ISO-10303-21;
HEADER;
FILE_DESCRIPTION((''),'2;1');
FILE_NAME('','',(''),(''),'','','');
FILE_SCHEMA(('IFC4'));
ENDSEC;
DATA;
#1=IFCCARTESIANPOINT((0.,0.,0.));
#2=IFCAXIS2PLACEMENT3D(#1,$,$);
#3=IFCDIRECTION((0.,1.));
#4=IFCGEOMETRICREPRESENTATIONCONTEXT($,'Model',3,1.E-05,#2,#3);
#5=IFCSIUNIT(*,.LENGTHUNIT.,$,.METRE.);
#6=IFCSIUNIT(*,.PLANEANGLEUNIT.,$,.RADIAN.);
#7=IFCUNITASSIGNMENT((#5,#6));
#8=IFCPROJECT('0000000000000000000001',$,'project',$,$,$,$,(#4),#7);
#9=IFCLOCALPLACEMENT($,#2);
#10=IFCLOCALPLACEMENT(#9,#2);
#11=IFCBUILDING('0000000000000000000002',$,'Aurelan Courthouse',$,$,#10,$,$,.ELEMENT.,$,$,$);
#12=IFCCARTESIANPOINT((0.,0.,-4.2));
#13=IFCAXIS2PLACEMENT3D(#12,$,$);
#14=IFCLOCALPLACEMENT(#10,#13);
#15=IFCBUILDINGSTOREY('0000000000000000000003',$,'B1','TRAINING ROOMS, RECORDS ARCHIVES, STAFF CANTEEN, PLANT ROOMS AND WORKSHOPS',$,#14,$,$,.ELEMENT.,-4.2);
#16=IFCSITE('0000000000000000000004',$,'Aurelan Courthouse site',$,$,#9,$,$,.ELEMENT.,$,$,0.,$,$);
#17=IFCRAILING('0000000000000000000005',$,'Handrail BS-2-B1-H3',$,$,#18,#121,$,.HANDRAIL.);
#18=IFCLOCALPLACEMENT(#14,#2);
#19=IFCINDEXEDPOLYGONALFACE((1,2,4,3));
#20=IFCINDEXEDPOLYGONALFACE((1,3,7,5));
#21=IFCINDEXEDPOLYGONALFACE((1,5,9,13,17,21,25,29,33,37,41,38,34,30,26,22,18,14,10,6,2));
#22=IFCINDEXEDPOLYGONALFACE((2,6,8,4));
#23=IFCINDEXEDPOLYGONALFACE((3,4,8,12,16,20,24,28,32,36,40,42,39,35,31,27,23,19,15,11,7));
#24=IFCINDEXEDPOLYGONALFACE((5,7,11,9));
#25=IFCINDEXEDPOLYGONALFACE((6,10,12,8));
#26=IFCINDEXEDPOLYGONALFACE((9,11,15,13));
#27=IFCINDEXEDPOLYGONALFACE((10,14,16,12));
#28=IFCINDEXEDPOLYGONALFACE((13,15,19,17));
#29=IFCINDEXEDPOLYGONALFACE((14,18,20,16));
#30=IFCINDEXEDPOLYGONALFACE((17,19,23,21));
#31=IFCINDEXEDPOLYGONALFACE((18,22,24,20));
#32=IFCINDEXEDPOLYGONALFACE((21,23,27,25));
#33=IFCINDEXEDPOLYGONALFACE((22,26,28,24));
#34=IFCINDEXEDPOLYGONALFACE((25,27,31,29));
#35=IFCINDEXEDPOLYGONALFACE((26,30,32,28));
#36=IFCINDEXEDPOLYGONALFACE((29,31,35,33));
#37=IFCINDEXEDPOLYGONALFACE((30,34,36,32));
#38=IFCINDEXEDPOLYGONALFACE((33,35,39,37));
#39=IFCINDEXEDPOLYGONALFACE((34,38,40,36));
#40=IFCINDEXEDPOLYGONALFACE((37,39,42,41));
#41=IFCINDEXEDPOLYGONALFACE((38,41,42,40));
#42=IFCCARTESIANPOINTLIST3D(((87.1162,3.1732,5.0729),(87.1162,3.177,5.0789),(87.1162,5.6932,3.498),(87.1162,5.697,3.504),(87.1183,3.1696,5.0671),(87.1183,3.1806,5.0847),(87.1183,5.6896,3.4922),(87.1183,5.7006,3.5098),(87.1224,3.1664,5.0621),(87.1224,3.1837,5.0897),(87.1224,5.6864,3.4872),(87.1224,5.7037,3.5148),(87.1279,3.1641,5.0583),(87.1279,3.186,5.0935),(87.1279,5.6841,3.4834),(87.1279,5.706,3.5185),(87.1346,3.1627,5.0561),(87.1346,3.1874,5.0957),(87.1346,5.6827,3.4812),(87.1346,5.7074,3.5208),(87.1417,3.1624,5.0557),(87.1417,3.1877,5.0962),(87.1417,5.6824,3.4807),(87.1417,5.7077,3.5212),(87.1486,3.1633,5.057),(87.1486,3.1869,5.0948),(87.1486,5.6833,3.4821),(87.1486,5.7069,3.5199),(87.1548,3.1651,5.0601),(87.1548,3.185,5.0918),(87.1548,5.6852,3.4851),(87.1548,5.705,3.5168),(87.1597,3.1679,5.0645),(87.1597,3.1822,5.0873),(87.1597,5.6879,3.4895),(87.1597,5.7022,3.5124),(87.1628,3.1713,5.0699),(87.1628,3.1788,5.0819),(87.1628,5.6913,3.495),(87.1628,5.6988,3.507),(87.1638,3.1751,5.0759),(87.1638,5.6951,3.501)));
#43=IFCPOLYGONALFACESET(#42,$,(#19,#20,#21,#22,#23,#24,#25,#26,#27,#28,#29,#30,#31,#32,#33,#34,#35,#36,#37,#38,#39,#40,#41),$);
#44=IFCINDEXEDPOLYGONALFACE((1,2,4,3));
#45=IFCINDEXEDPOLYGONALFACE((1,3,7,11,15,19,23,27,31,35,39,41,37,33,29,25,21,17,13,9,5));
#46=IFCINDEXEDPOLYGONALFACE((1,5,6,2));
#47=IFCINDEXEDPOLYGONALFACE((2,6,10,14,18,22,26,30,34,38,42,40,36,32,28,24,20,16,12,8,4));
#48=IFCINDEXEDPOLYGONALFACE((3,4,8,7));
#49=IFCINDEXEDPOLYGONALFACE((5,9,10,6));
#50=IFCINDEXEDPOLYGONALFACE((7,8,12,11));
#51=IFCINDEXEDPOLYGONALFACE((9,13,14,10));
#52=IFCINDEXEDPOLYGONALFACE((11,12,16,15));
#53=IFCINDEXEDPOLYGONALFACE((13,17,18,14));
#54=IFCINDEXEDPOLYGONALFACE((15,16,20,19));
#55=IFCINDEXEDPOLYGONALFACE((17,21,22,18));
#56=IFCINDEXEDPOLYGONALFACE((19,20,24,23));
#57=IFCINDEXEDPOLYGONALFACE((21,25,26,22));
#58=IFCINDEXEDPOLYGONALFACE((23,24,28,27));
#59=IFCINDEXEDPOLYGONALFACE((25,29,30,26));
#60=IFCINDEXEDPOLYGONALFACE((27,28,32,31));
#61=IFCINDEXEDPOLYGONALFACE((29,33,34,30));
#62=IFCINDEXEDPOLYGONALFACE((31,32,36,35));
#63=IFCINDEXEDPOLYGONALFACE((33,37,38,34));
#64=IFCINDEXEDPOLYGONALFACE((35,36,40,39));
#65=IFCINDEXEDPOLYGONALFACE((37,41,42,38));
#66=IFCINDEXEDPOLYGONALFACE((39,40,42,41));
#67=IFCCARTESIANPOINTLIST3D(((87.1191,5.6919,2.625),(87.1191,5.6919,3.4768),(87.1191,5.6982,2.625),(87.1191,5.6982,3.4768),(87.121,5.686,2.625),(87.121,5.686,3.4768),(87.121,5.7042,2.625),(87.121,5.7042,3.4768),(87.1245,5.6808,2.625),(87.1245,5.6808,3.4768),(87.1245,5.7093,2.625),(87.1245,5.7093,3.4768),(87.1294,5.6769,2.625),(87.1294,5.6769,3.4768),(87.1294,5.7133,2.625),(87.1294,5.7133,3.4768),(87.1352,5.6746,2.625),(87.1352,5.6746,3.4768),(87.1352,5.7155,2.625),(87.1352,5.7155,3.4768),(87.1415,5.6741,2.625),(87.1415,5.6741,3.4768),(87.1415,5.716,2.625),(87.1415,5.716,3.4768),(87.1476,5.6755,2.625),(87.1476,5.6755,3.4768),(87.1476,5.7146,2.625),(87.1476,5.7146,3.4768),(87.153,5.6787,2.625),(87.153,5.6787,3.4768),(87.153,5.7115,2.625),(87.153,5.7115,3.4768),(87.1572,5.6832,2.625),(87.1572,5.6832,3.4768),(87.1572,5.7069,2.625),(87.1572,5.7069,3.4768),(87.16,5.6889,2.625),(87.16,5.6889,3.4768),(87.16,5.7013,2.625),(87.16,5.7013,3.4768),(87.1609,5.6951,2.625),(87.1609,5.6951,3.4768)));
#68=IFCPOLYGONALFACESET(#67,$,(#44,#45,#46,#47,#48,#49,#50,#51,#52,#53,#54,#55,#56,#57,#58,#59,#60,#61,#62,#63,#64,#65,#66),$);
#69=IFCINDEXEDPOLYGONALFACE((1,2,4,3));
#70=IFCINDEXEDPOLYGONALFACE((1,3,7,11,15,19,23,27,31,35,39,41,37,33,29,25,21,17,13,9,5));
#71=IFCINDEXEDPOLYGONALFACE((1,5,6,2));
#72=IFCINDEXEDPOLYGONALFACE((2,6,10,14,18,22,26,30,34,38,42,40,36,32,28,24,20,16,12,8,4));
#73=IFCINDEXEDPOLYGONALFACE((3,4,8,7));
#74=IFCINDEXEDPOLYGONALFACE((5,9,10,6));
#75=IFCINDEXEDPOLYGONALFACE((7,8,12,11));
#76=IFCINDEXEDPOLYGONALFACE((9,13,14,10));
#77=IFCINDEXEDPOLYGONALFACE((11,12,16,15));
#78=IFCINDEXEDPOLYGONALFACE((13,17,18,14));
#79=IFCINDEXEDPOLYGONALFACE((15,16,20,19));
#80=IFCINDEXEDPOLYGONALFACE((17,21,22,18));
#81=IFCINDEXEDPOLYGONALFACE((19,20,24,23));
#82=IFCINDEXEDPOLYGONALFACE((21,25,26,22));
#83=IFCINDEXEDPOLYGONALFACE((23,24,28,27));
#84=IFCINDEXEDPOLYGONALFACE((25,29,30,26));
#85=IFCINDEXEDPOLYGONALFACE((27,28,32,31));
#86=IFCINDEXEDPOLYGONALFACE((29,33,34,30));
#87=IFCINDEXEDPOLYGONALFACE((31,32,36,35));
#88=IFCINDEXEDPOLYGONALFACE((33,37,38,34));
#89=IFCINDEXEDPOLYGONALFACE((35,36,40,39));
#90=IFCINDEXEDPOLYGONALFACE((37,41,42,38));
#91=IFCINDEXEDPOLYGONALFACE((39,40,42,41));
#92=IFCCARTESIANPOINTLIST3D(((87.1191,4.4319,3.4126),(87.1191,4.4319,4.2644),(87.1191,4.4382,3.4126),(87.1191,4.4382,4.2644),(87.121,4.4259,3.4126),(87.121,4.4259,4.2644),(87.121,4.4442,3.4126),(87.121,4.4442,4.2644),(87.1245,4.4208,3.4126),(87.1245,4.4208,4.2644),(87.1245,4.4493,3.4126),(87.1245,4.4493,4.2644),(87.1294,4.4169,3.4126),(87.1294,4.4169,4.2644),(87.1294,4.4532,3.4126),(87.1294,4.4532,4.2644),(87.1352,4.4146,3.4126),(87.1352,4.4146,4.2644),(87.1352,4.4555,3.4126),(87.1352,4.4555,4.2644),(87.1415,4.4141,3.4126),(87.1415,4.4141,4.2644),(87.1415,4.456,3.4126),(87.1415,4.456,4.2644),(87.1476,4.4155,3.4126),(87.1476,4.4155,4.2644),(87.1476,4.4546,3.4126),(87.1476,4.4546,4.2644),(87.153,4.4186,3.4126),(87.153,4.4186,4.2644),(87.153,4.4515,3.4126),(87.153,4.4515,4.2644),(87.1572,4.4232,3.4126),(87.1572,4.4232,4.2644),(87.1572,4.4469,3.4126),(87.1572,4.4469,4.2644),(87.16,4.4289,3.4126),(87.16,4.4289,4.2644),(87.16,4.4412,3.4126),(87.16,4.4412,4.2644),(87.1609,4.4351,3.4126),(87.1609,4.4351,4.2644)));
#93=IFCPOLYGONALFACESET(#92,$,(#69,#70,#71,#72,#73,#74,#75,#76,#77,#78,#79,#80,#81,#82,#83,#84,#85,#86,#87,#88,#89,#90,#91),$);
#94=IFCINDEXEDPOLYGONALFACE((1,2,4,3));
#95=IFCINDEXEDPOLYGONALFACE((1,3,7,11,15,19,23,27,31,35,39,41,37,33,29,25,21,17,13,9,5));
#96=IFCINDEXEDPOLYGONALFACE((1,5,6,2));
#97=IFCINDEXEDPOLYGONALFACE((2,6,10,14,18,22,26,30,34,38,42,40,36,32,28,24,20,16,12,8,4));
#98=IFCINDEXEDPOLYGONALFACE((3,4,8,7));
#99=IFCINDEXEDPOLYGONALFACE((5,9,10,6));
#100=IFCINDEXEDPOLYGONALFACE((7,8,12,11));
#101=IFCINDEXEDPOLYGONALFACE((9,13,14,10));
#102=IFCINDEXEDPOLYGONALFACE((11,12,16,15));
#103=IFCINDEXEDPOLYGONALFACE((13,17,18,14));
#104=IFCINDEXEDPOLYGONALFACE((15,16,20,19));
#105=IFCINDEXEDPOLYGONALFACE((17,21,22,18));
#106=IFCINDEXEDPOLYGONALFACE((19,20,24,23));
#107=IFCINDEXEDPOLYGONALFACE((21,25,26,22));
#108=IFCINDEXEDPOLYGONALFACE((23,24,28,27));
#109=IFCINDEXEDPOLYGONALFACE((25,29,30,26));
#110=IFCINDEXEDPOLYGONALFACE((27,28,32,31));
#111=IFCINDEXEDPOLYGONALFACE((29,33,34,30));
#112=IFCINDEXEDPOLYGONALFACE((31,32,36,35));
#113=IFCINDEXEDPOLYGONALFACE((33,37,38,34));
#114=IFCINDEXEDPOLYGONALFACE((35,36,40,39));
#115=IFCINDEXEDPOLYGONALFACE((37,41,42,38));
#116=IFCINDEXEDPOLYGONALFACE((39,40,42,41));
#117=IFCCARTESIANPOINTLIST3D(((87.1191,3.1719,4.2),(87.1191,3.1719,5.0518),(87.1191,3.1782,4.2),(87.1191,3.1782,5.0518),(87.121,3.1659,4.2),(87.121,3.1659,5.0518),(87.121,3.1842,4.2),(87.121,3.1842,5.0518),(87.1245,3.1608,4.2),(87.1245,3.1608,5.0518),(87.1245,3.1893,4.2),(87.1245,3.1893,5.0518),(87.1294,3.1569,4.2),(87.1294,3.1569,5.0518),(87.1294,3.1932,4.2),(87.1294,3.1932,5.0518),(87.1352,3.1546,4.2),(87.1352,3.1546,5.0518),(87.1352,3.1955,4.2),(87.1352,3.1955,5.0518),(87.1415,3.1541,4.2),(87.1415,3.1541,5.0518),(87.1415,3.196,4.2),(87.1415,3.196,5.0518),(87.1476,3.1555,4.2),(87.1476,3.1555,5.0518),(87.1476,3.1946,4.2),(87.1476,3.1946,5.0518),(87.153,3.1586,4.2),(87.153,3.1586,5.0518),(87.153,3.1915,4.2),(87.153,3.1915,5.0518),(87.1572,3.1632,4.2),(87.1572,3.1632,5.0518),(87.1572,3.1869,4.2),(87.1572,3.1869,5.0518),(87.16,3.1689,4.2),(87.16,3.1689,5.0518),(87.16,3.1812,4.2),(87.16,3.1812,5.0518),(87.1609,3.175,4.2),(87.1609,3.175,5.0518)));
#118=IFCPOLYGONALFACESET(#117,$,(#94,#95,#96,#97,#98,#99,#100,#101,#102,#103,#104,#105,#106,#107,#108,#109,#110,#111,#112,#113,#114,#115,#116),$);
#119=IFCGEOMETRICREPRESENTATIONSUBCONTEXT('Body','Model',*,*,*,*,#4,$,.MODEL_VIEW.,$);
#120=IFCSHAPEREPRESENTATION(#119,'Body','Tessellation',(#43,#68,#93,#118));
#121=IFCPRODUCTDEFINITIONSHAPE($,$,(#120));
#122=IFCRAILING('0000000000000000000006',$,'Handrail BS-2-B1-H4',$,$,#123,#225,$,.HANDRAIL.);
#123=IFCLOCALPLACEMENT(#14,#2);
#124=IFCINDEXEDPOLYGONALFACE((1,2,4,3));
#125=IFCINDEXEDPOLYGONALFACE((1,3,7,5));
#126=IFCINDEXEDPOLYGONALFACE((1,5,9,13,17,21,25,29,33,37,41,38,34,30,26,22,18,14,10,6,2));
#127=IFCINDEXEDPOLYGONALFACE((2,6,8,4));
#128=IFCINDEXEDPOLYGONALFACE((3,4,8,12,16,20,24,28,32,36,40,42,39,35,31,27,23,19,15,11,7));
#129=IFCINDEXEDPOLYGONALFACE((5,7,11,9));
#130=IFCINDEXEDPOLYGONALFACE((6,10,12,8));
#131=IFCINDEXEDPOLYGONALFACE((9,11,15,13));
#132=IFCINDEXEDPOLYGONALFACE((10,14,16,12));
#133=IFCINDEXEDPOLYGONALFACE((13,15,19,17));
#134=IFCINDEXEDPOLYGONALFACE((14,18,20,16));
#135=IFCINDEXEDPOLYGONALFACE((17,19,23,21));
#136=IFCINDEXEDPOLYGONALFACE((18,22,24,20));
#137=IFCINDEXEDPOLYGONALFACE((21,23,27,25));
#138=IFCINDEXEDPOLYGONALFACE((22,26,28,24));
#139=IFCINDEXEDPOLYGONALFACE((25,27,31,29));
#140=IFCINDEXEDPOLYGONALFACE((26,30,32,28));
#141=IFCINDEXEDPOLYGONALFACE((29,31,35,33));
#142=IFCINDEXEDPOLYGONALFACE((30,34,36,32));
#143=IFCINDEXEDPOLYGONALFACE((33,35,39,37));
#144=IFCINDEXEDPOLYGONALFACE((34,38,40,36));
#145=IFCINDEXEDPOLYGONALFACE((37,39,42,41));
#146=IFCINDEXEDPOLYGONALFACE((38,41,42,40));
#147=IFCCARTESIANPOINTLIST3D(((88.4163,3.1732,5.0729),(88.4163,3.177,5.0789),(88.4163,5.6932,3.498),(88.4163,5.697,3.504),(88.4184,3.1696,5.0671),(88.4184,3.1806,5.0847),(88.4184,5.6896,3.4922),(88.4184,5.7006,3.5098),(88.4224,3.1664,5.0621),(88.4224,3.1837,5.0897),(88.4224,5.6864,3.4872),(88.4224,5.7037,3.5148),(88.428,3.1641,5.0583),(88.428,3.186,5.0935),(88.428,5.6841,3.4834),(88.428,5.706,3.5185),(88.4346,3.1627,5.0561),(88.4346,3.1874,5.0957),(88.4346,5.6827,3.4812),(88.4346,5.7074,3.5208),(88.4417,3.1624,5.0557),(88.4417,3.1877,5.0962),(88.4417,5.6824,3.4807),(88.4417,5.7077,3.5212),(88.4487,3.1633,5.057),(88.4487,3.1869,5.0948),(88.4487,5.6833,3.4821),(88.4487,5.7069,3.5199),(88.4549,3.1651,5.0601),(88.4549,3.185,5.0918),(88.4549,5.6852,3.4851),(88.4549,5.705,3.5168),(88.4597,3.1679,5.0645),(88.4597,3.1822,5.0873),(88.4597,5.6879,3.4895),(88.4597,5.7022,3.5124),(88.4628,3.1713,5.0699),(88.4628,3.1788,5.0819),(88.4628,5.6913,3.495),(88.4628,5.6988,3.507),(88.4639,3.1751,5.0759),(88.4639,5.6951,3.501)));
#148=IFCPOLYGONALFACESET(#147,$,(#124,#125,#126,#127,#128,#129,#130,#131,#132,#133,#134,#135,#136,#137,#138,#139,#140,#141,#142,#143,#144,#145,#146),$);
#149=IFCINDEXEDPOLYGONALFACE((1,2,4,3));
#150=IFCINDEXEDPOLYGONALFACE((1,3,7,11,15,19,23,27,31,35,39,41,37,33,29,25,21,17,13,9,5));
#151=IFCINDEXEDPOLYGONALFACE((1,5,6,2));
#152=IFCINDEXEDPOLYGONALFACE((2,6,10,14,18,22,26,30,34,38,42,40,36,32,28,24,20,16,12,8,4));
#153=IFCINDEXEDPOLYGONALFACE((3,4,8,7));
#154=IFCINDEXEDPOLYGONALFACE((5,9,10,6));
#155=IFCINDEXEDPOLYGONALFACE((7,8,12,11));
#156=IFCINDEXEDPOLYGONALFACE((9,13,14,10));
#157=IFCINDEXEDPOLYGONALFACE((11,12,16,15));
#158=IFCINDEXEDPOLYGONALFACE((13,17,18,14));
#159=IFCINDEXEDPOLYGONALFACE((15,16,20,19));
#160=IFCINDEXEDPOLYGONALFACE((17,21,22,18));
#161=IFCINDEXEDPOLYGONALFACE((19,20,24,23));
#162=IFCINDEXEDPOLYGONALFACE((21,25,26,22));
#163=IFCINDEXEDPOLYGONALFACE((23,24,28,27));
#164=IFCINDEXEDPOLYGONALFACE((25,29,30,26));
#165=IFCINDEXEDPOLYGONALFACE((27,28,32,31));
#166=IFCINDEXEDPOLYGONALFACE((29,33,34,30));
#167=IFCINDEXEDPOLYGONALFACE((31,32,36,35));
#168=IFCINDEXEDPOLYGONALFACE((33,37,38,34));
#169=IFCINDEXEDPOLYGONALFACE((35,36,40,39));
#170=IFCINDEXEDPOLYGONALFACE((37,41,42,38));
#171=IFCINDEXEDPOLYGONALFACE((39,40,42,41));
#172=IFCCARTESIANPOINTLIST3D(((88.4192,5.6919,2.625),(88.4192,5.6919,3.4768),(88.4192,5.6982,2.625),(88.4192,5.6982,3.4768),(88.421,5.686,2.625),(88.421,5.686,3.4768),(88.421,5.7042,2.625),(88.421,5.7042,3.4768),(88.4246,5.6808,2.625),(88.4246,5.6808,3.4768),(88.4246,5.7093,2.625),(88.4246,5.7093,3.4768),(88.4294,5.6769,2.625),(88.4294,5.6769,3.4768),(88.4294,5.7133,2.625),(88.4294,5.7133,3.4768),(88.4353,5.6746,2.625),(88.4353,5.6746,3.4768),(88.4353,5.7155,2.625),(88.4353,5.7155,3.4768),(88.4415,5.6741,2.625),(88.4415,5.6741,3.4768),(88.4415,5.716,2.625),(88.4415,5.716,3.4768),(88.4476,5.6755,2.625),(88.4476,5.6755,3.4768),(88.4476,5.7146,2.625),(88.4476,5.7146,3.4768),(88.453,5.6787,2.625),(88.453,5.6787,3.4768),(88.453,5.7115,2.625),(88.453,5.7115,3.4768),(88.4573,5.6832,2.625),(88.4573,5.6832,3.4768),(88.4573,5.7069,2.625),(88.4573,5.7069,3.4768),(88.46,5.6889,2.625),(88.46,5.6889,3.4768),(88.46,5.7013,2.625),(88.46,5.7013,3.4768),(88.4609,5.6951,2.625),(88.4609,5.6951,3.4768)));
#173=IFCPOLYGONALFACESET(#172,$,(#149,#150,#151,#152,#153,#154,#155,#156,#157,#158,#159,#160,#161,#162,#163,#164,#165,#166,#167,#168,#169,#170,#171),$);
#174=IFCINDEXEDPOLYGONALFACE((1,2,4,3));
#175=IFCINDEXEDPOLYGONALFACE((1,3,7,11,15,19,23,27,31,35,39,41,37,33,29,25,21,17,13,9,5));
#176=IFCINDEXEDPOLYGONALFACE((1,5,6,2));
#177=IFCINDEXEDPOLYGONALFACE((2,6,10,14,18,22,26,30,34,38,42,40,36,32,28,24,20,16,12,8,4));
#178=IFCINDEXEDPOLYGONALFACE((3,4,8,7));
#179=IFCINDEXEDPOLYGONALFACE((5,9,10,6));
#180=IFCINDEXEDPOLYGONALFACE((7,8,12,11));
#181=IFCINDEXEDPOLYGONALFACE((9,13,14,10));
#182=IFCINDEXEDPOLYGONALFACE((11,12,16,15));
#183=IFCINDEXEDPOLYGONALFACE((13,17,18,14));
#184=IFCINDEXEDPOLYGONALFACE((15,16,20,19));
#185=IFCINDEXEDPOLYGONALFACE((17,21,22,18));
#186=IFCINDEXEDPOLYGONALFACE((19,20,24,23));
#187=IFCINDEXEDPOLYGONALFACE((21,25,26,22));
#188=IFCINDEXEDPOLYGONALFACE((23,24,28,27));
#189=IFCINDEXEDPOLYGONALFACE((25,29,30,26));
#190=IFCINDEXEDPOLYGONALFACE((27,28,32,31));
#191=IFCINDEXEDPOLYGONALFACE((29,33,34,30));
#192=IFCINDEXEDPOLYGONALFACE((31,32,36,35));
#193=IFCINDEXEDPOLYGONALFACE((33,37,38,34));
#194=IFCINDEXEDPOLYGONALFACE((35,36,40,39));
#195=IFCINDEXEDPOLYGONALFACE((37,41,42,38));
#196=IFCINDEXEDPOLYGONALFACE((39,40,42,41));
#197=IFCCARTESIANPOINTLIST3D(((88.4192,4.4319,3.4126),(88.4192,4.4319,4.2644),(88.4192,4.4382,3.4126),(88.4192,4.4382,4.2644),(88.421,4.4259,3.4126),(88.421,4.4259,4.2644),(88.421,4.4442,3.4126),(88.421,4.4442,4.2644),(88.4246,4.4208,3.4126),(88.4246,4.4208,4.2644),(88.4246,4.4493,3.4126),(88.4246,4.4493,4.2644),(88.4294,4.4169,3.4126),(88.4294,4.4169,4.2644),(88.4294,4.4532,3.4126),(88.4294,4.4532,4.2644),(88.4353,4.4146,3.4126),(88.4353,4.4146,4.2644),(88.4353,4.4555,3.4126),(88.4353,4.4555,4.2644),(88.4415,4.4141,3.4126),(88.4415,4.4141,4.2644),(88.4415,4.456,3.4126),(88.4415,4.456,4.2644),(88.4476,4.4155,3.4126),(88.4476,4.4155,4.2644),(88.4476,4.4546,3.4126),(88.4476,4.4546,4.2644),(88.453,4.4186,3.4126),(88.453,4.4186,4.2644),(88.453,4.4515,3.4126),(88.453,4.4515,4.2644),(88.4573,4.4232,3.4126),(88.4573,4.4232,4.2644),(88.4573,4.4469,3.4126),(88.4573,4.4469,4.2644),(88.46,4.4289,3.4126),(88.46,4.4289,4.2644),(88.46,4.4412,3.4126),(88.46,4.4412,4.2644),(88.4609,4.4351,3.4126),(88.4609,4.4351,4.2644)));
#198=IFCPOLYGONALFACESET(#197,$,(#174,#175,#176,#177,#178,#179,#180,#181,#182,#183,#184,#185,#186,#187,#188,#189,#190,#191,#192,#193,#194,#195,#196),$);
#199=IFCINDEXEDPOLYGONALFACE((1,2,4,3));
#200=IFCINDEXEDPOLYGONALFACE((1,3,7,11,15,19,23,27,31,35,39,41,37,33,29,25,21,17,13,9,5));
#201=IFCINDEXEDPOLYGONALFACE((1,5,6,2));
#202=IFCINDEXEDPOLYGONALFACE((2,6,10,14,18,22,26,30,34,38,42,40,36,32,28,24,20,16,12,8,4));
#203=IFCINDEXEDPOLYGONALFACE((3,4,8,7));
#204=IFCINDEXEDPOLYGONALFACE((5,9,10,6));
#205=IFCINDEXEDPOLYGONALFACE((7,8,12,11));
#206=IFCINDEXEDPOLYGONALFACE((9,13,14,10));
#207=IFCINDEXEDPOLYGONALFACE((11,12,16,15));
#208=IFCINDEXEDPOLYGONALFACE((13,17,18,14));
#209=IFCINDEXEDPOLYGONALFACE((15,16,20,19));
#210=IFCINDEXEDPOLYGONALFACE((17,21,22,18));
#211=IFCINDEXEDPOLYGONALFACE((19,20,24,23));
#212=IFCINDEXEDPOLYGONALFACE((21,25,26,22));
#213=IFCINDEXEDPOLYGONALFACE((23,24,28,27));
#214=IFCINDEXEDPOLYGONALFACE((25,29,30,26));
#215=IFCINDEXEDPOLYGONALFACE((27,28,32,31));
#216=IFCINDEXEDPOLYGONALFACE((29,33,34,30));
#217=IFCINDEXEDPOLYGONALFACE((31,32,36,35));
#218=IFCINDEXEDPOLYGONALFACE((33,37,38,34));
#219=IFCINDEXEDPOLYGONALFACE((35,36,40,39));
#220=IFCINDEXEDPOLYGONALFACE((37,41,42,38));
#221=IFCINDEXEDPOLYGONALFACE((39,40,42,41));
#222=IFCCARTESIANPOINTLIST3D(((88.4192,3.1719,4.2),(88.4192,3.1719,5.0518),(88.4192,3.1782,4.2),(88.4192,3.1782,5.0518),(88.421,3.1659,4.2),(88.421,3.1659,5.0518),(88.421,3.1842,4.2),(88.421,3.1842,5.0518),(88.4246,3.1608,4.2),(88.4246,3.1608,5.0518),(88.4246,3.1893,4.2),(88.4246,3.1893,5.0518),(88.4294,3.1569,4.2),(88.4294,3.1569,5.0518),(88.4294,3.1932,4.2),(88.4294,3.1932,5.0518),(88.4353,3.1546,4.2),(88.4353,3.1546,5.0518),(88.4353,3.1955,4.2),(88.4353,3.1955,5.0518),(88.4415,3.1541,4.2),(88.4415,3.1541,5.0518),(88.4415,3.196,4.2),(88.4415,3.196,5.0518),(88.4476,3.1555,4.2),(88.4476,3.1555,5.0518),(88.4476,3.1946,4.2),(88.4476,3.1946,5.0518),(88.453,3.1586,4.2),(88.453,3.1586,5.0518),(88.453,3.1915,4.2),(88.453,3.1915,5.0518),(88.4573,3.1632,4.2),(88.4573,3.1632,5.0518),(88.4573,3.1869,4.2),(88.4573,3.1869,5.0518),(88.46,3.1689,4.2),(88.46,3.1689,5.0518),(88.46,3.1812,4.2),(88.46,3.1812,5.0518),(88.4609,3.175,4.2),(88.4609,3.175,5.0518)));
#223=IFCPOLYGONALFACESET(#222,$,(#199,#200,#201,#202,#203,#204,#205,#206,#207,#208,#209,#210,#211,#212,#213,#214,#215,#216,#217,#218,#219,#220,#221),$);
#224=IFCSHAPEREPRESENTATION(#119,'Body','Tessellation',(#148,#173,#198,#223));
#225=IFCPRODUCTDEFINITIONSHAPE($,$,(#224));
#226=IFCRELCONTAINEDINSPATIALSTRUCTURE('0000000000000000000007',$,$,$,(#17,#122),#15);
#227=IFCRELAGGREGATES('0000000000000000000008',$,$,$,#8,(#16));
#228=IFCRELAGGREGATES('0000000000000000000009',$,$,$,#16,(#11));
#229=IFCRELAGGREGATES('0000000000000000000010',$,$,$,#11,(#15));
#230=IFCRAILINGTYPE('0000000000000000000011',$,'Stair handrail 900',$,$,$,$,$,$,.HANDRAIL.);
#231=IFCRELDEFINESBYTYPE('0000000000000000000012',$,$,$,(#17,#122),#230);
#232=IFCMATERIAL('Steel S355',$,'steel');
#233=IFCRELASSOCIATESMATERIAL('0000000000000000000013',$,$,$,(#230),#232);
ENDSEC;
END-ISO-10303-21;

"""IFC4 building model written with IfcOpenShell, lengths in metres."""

from ifc_helpers import new_model, si_unit, direction, frame, origin, origin_2d, place, context, subcontext, project, spatial, circle, extrude, material, type_object, element, save


model = new_model("IFC4")

# Units and contexts
model_context = context("Model", 3, precision=1e-05, world=origin(), true_north=direction((0.0, 1.0)))
body_context = subcontext(model_context, "Body", "Model", "MODEL_VIEW")
ifc_project = project(units=[si_unit("LENGTHUNIT", "METRE"), si_unit("PLANEANGLEUNIT", "RADIAN")], contexts=[model_context])

# Site, building, storey
site_placement = place(None, origin())
site = spatial("IfcSite", under=ifc_project, at=site_placement, Name="Aurelan Courthouse site", CompositionType="ELEMENT", RefElevation=0.0)
building_placement = place(site_placement, origin())
building = spatial("IfcBuilding", under=site, at=building_placement, Name="Aurelan Courthouse", CompositionType="ELEMENT")
storey_placement = place(building_placement, frame((0.0, 0.0, -4.2)))
storey = spatial("IfcBuildingStorey", under=building, at=storey_placement, Name="B1", Description="TRAINING ROOMS, RECORDS ARCHIVES, STAFF CANTEEN, PLANT ROOMS AND WORKSHOPS", CompositionType="ELEMENT", Elevation=-4.2)

# Railings
ifc_material_1 = material(Name="Steel S355", Category="steel")
railing_type_1 = type_object("IfcRailingType", Name="Stair handrail 900", PredefinedType="HANDRAIL", material=ifc_material_1)
for number, where, name in (
    (1, (87.1399, 5.6951, 2.625), "Handrail BS-2-B1-H3"),
    (2, (88.4399, 5.6951, 2.625), "Handrail BS-2-B1-H4"),
):
    element("IfcRailing", number, at=place(storey_placement, frame(where)), inside=storey, type_object=railing_type_1, Name=name, PredefinedType="HANDRAIL", context=body_context, shape_type="SweptSolid", body=[
        extrude(circle(Radius=0.0239, at=origin_2d()), frame((0.0, 0.0, 0.876), z_axis=(0.0, -0.848008, 0.529984), x_axis=(1.0, 0.0, 0.0)), (0.0, 0.0, 1.0), 2.9717),
        extrude(circle(Radius=0.021, at=origin_2d()), origin(), (0.0, 0.0, 1.0), 0.8518),
        extrude(circle(Radius=0.021, at=origin_2d()), frame((0.0, -1.26, 0.7876)), (0.0, 0.0, 1.0), 0.8518),
        extrude(circle(Radius=0.021, at=origin_2d()), frame((0.0, -2.52, 1.575)), (0.0, 0.0, 1.0), 0.8518),
    ])

save(model, "model.ifc")
